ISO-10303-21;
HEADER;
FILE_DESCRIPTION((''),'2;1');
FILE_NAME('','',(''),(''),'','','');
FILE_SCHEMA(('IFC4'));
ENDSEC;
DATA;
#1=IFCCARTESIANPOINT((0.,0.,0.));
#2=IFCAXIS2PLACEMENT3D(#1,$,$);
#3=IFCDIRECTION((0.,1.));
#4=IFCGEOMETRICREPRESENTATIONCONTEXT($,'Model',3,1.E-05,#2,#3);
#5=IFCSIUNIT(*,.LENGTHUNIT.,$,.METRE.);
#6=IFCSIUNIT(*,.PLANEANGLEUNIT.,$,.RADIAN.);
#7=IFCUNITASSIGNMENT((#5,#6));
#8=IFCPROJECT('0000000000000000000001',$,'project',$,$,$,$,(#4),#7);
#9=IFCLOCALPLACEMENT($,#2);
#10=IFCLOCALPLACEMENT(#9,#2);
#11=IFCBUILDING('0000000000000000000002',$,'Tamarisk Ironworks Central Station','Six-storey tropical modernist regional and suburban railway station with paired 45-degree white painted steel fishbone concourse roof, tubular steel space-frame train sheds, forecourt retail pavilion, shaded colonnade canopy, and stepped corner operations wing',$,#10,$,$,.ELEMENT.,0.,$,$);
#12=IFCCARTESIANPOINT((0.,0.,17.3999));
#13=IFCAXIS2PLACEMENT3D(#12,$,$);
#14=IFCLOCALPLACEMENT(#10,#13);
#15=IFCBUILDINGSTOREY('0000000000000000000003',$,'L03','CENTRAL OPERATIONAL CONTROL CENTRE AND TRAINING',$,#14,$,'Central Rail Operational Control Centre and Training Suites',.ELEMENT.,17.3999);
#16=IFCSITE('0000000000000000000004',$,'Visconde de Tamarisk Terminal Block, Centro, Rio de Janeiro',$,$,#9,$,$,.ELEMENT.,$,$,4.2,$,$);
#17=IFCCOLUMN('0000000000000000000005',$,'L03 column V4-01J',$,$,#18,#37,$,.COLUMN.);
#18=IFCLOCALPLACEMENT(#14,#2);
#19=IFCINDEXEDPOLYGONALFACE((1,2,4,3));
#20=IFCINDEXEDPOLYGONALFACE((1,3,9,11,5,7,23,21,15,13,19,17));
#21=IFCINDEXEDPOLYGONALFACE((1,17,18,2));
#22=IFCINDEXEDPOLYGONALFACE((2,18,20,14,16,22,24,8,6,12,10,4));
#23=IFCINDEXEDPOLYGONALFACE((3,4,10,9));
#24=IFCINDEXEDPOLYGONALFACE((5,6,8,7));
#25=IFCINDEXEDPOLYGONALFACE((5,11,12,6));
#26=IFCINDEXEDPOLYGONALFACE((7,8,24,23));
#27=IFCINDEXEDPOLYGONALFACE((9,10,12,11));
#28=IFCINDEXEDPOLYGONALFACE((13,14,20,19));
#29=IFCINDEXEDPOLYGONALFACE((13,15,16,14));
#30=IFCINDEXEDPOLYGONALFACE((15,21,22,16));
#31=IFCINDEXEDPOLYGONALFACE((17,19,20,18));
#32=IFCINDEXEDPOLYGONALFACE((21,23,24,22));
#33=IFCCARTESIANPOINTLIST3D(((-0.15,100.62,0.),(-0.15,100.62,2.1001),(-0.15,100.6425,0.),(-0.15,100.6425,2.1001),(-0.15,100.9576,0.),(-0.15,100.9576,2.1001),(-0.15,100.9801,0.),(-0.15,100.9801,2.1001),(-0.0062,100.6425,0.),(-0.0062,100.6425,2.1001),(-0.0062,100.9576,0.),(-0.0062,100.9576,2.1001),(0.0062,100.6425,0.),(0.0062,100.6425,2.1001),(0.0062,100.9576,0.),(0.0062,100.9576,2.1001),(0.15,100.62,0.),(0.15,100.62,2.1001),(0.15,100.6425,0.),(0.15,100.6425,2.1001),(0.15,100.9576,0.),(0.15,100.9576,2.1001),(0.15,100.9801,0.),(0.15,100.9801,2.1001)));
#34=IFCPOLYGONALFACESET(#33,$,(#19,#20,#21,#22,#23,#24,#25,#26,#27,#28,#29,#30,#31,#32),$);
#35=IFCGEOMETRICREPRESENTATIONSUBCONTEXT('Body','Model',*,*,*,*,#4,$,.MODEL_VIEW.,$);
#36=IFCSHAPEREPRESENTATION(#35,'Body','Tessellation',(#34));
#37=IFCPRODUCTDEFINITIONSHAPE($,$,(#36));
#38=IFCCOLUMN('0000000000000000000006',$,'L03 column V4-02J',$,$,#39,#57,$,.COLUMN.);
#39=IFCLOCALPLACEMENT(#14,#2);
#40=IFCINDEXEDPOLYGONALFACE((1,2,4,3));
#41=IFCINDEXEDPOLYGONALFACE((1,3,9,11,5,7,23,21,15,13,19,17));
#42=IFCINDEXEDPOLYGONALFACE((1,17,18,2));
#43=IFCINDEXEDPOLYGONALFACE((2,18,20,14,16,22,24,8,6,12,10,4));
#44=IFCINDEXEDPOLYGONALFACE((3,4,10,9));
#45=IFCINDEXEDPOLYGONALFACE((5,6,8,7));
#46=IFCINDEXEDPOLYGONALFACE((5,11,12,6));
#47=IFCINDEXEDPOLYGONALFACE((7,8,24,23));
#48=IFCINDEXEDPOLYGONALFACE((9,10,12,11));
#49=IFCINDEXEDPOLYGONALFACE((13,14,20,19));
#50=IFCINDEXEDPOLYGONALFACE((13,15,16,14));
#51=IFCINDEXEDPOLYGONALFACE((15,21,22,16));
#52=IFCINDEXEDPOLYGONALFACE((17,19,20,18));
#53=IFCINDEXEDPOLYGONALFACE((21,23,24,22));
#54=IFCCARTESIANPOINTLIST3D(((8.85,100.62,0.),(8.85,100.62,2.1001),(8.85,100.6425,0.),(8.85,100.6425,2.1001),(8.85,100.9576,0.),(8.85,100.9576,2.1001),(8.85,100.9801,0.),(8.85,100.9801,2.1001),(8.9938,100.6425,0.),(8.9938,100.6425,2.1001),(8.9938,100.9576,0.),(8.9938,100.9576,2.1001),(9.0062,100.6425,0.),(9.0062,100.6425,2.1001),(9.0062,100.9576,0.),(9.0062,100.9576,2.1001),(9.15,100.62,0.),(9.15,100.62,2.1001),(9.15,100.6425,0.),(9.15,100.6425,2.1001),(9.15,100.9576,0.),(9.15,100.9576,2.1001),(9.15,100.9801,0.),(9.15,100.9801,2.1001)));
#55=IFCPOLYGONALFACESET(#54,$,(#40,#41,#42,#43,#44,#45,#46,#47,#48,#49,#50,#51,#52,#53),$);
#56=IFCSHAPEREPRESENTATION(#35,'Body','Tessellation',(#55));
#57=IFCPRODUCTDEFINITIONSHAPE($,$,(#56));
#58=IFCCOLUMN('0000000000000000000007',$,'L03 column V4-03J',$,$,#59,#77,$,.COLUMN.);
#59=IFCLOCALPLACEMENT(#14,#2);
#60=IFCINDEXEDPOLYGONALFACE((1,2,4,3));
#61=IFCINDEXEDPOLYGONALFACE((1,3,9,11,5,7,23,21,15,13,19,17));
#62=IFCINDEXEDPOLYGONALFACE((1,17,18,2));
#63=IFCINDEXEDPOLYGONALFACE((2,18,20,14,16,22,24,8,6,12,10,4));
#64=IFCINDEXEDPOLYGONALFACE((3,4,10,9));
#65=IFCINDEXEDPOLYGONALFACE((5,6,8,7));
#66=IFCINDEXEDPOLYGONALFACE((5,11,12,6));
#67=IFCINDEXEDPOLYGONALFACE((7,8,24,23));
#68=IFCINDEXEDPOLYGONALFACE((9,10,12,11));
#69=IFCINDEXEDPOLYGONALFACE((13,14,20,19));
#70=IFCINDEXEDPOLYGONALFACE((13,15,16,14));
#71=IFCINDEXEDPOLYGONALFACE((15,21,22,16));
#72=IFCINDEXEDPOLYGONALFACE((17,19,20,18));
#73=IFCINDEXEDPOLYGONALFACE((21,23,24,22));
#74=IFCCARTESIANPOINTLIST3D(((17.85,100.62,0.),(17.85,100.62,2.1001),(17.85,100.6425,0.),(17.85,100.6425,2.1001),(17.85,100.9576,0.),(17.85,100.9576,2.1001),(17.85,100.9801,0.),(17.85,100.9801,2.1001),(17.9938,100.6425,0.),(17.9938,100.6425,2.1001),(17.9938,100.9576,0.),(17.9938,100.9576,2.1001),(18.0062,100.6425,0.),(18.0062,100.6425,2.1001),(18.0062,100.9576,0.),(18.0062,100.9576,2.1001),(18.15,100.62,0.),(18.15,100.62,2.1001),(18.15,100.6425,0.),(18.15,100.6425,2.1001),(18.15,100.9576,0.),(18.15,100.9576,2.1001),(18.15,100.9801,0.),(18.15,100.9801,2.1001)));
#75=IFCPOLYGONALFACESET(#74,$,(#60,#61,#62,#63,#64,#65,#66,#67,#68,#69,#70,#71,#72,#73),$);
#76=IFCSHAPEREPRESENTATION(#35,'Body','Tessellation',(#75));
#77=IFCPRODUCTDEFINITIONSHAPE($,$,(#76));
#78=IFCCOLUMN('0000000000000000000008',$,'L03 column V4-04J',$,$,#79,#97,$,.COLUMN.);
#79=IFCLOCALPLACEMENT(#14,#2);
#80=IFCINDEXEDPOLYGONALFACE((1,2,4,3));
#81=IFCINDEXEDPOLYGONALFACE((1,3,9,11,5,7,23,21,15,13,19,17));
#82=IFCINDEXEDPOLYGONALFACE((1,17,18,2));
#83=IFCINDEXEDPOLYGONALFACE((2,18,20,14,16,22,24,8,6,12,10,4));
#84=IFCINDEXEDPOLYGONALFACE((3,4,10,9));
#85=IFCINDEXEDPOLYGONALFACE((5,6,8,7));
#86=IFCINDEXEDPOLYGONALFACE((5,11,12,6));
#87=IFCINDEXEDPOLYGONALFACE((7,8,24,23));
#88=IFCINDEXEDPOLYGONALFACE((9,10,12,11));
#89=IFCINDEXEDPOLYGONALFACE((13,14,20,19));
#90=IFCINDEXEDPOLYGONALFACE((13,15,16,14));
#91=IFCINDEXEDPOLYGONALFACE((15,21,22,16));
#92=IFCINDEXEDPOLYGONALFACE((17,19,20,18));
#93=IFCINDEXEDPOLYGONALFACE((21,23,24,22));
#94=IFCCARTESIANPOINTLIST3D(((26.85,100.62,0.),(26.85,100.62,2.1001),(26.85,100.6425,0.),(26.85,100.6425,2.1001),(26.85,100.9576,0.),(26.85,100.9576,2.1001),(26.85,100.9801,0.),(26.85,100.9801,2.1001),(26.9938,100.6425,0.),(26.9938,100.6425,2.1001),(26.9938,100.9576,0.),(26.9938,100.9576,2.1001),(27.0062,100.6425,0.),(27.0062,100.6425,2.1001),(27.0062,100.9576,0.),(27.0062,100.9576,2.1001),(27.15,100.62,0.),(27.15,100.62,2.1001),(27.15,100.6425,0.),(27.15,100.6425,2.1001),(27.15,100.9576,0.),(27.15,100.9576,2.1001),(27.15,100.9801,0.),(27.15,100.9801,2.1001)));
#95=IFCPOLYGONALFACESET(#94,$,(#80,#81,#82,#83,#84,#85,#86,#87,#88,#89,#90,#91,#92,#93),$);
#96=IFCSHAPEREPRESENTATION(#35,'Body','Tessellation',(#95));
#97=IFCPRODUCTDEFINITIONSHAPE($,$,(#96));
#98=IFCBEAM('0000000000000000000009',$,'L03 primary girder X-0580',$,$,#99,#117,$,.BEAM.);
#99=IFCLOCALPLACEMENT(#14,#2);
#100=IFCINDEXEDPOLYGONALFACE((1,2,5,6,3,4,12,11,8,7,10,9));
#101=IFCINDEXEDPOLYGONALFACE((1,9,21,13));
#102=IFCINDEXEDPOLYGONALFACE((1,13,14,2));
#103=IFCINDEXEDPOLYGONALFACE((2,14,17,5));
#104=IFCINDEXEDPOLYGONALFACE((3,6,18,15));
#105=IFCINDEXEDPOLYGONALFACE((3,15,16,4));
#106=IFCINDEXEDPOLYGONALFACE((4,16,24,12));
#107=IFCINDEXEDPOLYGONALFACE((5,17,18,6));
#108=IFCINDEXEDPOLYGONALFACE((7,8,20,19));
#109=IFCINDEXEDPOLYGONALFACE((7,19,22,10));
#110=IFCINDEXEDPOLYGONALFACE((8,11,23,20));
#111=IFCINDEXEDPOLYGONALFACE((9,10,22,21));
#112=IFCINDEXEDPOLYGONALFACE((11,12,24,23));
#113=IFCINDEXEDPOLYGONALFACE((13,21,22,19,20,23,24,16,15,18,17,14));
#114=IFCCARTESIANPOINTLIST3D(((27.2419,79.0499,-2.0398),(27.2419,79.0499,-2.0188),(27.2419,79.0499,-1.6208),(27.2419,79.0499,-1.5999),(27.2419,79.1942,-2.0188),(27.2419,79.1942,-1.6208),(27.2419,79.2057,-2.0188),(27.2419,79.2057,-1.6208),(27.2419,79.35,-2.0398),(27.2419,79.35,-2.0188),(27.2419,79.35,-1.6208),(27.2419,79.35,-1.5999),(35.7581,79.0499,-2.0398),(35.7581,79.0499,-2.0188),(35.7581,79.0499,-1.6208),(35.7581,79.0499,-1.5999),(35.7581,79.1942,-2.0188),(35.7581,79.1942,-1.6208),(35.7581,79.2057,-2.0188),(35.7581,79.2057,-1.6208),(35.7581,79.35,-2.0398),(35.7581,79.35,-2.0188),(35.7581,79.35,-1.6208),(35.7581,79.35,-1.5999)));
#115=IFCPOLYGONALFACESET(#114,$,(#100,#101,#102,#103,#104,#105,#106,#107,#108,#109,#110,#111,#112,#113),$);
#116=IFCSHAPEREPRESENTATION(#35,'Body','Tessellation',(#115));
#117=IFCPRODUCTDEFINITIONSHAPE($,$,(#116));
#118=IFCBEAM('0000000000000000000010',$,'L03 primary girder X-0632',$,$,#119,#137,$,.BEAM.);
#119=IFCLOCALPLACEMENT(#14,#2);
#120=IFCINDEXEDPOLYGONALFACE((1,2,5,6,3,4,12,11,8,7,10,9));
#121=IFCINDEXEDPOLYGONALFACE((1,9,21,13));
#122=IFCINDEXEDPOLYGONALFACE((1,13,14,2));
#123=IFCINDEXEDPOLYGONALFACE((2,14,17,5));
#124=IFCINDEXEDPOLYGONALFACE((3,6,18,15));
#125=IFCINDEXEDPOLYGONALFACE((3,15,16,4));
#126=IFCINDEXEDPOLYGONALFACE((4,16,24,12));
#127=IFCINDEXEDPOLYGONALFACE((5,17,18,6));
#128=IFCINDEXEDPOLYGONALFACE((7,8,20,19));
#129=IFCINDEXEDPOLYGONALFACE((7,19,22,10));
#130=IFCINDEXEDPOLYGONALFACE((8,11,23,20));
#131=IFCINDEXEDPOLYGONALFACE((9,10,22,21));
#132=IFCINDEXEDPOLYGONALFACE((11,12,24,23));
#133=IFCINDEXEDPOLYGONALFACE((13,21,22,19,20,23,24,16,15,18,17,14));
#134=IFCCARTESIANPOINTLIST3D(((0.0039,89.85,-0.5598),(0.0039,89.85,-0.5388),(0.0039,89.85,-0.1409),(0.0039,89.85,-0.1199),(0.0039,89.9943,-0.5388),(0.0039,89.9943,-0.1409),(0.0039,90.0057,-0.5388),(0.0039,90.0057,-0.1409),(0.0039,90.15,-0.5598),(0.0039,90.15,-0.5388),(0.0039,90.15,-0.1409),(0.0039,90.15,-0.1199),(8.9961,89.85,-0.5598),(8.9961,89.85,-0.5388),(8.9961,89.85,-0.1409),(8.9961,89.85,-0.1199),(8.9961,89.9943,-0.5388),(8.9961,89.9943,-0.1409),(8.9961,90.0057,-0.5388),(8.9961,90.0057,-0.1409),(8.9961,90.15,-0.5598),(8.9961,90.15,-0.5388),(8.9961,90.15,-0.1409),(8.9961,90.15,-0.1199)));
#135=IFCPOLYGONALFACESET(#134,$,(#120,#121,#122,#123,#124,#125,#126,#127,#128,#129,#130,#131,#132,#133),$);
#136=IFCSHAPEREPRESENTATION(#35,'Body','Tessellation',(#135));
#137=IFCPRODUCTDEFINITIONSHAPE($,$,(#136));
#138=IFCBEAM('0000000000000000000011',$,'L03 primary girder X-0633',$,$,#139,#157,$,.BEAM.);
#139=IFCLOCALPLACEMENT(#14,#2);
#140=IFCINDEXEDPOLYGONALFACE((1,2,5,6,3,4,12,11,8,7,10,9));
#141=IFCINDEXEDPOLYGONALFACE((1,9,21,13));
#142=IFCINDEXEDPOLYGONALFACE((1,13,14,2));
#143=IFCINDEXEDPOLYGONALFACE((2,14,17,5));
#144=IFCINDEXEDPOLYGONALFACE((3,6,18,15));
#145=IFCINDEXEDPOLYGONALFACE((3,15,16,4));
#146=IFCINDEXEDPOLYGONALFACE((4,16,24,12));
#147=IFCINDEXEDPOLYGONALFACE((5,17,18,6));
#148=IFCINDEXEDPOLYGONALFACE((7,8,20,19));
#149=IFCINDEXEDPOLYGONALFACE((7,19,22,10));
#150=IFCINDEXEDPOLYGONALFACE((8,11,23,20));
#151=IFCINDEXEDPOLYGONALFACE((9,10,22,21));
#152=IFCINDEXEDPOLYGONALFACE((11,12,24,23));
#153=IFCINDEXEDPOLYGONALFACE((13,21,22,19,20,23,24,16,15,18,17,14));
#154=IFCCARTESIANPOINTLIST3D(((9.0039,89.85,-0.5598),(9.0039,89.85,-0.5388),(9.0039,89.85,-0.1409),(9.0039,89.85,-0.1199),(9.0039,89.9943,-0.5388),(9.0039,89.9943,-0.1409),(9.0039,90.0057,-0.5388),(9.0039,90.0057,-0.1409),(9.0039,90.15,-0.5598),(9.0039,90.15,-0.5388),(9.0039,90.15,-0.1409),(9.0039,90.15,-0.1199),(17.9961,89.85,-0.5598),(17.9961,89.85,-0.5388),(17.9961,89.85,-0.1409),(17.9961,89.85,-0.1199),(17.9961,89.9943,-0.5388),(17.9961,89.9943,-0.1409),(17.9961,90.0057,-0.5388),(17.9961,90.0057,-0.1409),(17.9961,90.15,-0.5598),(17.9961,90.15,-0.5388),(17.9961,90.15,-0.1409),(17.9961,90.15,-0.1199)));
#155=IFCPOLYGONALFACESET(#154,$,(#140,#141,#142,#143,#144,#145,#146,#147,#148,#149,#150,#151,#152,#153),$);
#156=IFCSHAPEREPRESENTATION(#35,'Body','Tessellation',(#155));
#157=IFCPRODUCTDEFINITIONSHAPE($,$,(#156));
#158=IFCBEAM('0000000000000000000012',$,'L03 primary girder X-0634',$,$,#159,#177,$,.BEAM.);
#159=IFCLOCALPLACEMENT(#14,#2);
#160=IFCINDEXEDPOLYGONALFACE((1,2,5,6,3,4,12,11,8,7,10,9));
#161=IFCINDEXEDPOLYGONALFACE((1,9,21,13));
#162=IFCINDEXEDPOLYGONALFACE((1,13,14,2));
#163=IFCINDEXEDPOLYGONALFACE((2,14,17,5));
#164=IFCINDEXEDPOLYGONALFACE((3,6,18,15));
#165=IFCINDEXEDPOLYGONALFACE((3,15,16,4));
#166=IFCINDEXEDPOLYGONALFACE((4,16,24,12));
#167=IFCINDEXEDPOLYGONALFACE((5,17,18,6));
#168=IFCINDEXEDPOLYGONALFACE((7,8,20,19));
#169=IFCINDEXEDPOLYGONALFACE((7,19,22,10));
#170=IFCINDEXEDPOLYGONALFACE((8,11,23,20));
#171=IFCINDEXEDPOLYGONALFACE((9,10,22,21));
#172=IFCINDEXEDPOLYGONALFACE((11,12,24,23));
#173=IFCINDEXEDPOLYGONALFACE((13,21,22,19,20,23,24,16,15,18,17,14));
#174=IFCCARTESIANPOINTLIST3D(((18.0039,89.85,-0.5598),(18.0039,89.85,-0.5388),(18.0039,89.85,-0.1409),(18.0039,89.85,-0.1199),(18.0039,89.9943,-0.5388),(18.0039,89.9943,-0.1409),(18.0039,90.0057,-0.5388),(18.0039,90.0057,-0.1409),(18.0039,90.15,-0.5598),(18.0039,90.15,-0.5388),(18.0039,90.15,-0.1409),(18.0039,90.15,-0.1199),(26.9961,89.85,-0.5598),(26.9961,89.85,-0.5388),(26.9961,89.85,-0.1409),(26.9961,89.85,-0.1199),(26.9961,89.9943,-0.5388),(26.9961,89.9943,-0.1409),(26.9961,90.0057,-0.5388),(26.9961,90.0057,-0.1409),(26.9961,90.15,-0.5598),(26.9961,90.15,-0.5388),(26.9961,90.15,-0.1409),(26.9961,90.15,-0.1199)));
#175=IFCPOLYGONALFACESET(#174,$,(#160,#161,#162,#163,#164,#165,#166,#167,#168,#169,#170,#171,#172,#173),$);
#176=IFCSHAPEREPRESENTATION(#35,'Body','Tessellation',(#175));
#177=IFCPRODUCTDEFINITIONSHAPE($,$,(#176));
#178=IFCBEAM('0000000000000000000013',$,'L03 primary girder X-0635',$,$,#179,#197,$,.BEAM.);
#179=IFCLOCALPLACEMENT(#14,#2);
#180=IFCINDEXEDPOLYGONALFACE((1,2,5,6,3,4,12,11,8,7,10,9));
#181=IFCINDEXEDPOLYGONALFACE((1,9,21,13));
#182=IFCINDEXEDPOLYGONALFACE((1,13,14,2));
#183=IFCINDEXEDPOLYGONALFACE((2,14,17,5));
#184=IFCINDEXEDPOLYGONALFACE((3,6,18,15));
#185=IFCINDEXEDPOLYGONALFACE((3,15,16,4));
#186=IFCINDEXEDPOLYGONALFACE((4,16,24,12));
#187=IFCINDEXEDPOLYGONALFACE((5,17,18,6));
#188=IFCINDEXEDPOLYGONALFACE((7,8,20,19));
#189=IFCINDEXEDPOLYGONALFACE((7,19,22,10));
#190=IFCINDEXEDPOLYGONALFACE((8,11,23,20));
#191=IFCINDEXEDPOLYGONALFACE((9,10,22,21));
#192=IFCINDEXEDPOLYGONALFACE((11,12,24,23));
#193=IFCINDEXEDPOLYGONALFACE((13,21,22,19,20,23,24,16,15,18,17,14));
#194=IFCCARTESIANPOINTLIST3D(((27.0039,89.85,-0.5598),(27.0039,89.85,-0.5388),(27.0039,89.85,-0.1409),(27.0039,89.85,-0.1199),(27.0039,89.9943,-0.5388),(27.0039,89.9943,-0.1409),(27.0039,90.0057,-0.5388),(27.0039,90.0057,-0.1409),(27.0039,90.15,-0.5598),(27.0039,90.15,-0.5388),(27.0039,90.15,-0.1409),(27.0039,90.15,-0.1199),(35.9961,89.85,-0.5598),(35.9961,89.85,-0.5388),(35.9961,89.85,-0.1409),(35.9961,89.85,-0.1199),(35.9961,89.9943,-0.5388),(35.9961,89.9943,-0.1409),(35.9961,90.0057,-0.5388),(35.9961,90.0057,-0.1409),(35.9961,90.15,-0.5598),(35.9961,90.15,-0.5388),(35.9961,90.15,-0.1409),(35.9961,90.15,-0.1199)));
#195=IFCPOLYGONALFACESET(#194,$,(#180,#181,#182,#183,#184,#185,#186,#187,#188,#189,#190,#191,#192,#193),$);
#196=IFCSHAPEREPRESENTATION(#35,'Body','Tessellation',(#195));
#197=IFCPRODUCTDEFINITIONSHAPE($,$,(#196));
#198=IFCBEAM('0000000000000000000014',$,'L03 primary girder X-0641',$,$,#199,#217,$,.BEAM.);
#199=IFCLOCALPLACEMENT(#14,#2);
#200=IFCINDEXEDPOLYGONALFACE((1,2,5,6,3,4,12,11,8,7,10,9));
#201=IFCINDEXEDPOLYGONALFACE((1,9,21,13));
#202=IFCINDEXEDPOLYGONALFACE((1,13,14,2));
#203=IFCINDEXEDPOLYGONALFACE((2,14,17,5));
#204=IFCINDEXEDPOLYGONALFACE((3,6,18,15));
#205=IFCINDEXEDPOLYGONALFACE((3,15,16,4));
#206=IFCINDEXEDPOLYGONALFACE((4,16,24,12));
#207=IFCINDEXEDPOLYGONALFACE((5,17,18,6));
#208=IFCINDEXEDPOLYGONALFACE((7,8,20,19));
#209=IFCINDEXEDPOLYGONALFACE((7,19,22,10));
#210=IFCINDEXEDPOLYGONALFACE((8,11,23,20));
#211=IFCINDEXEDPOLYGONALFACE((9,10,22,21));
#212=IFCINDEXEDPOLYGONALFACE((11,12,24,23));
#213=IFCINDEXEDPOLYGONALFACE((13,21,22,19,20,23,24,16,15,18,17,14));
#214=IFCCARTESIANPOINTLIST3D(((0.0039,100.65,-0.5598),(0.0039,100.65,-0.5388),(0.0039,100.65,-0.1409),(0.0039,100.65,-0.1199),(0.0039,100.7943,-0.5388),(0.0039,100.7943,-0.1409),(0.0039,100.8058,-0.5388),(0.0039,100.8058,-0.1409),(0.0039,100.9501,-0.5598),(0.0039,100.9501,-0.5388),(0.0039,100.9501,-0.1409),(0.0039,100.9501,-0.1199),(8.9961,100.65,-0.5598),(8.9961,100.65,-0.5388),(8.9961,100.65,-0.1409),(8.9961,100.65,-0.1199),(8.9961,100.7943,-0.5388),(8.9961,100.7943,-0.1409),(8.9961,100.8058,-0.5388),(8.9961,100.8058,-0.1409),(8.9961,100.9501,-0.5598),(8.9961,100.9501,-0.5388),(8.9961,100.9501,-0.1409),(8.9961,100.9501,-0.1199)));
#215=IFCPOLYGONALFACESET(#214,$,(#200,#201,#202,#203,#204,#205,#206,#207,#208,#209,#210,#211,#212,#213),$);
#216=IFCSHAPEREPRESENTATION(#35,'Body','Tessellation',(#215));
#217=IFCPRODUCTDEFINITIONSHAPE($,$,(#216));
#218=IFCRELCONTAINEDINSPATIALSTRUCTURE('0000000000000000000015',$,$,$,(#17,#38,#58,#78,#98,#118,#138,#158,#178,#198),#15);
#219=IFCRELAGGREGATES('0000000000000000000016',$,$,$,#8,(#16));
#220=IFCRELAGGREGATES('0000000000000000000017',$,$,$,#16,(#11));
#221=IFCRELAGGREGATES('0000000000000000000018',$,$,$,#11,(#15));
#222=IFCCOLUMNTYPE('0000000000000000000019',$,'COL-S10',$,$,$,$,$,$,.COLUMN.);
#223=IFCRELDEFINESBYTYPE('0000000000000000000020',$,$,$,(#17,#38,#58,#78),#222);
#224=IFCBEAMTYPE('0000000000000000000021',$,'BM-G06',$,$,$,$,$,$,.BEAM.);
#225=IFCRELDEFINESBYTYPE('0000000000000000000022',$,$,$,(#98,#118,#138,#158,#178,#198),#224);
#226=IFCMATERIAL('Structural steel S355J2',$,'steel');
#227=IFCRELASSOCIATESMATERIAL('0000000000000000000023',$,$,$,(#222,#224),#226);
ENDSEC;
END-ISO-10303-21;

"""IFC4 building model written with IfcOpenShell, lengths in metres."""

from ifc_helpers import new_model, si_unit, direction, frame, origin, origin_2d, place, context, subcontext, project, spatial, i_section, extrude, material, material_profile, profile_set, type_object, element, save


model = new_model("IFC4")

# Units and contexts
model_context = context("Model", 3, precision=1e-05, world=origin(), true_north=direction((0.0, 1.0)))
body_context = subcontext(model_context, "Body", "Model", "MODEL_VIEW")
ifc_project = project(units=[si_unit("LENGTHUNIT", "METRE"), si_unit("PLANEANGLEUNIT", "RADIAN")], contexts=[model_context])

# Site, building, storey
site_placement = place(None, origin())
site = spatial("IfcSite", under=ifc_project, at=site_placement, Name="Visconde de Tamarisk Terminal Block, Centro, Rio de Janeiro", CompositionType="ELEMENT", RefElevation=4.2)
building_placement = place(site_placement, origin())
building = spatial("IfcBuilding", under=site, at=building_placement, Name="Tamarisk Ironworks Central Station", Description="Six-storey tropical modernist regional and suburban railway station with paired 45-degree white painted steel fishbone concourse roof, tubular steel space-frame train sheds, forecourt retail pavilion, shaded colonnade canopy, and stepped corner operations wing", CompositionType="ELEMENT", ElevationOfRefHeight=0.0)
storey_placement = place(building_placement, frame((0.0, 0.0, 17.3999)))
storey = spatial("IfcBuildingStorey", under=building, at=storey_placement, Name="L03", Description="CENTRAL OPERATIONAL CONTROL CENTRE AND TRAINING", LongName="Central Rail Operational Control Centre and Training Suites", CompositionType="ELEMENT", Elevation=17.3999)

# Columns
ifc_material_1 = material(Name="Structural steel S355J2", Category="steel")
ifc_material_profile_1 = material_profile(ifc_material_1, i_section(OverallWidth=0.3, OverallDepth=0.3601, WebThickness=0.0125, FlangeThickness=0.0225, at=origin_2d()), Name="HEB 360")
ifc_profile_set_1 = profile_set([ifc_material_profile_1], Name="Structural steel S355J2")
column_type = type_object("IfcColumnType", Name="COL-S10", PredefinedType="COLUMN", material=ifc_profile_set_1)
for number, where, z_axis, x_axis, name in (
    (1, (0.0, 100.8, 0.0), (0.0, 0.0, 1.0), (1.0, 0.0, 0.0), "L03 column V4-01J"),
    (2, (9.0, 100.8, 0.0), (0.0, 0.0, 1.0), (1.0, 0.0, 0.0), "L03 column V4-02J"),
    (3, (18.0, 100.8, 0.0), (0.0, 0.0, 1.0), (1.0, 0.0, 0.0), "L03 column V4-03J"),
    (4, (27.0, 100.8, 0.0), (0.0, 0.0, 1.0), (1.0, 0.0, 0.0), "L03 column V4-04J"),
):
    element("IfcColumn", number, at=place(storey_placement, frame(where, z_axis=z_axis, x_axis=x_axis)), inside=storey, type_object=column_type, Name=name, PredefinedType="COLUMN", context=body_context, shape_type="SweptSolid", body=[
        extrude(i_section(OverallWidth=0.3, OverallDepth=0.3601, WebThickness=0.0125, FlangeThickness=0.0225, at=origin_2d()), origin(), (0.0, 0.0, 1.0), 2.1001),
    ])

# Beams
ifc_material_profile_2 = material_profile(ifc_material_1, i_section(OverallWidth=0.3, OverallDepth=0.4399, WebThickness=0.0115, FlangeThickness=0.021, at=origin_2d()), Name="HEA 450")
ifc_profile_set_2 = profile_set([ifc_material_profile_2], Name="Structural steel S355J2")
beam_type_1 = type_object("IfcBeamType", Name="BM-G06", PredefinedType="BEAM", material=ifc_profile_set_2)
beam_1_placement = place(storey_placement, frame((27.2419, 79.2, -1.8198), z_axis=(1.0, 0.0, 0.0), x_axis=(0.0, 1.0, 0.0)))
element("IfcBeam", 5, at=beam_1_placement, inside=storey, type_object=beam_type_1, Name="L03 primary girder X-0580", PredefinedType="BEAM", context=body_context, shape_type="SweptSolid", body=[
    extrude(i_section(OverallWidth=0.3, OverallDepth=0.4399, WebThickness=0.0115, FlangeThickness=0.021, at=origin_2d()), origin(), (0.0, 0.0, 1.0), 8.5161),
])
for number, where, z_axis, x_axis, name in (
    (6, (0.0039, 90.0, -0.3398), (1.0, 0.0, 0.0), (0.0, 1.0, 0.0), "L03 primary girder X-0632"),
    (7, (9.0039, 90.0, -0.3398), (1.0, 0.0, 0.0), (0.0, 1.0, 0.0), "L03 primary girder X-0633"),
    (8, (18.0039, 90.0, -0.3398), (1.0, 0.0, 0.0), (0.0, 1.0, 0.0), "L03 primary girder X-0634"),
    (9, (27.0039, 90.0, -0.3398), (1.0, 0.0, 0.0), (0.0, 1.0, 0.0), "L03 primary girder X-0635"),
    (10, (0.0039, 100.8, -0.3398), (1.0, 0.0, 0.0), (0.0, 1.0, 0.0), "L03 primary girder X-0641"),
):
    element("IfcBeam", number, at=place(storey_placement, frame(where, z_axis=z_axis, x_axis=x_axis)), inside=storey, type_object=beam_type_1, Name=name, PredefinedType="BEAM", context=body_context, shape_type="SweptSolid", body=[
        extrude(i_section(OverallWidth=0.3, OverallDepth=0.4399, WebThickness=0.0115, FlangeThickness=0.021, at=origin_2d()), origin(), (0.0, 0.0, 1.0), 8.9922),
    ])

save(model, "model.ifc")
